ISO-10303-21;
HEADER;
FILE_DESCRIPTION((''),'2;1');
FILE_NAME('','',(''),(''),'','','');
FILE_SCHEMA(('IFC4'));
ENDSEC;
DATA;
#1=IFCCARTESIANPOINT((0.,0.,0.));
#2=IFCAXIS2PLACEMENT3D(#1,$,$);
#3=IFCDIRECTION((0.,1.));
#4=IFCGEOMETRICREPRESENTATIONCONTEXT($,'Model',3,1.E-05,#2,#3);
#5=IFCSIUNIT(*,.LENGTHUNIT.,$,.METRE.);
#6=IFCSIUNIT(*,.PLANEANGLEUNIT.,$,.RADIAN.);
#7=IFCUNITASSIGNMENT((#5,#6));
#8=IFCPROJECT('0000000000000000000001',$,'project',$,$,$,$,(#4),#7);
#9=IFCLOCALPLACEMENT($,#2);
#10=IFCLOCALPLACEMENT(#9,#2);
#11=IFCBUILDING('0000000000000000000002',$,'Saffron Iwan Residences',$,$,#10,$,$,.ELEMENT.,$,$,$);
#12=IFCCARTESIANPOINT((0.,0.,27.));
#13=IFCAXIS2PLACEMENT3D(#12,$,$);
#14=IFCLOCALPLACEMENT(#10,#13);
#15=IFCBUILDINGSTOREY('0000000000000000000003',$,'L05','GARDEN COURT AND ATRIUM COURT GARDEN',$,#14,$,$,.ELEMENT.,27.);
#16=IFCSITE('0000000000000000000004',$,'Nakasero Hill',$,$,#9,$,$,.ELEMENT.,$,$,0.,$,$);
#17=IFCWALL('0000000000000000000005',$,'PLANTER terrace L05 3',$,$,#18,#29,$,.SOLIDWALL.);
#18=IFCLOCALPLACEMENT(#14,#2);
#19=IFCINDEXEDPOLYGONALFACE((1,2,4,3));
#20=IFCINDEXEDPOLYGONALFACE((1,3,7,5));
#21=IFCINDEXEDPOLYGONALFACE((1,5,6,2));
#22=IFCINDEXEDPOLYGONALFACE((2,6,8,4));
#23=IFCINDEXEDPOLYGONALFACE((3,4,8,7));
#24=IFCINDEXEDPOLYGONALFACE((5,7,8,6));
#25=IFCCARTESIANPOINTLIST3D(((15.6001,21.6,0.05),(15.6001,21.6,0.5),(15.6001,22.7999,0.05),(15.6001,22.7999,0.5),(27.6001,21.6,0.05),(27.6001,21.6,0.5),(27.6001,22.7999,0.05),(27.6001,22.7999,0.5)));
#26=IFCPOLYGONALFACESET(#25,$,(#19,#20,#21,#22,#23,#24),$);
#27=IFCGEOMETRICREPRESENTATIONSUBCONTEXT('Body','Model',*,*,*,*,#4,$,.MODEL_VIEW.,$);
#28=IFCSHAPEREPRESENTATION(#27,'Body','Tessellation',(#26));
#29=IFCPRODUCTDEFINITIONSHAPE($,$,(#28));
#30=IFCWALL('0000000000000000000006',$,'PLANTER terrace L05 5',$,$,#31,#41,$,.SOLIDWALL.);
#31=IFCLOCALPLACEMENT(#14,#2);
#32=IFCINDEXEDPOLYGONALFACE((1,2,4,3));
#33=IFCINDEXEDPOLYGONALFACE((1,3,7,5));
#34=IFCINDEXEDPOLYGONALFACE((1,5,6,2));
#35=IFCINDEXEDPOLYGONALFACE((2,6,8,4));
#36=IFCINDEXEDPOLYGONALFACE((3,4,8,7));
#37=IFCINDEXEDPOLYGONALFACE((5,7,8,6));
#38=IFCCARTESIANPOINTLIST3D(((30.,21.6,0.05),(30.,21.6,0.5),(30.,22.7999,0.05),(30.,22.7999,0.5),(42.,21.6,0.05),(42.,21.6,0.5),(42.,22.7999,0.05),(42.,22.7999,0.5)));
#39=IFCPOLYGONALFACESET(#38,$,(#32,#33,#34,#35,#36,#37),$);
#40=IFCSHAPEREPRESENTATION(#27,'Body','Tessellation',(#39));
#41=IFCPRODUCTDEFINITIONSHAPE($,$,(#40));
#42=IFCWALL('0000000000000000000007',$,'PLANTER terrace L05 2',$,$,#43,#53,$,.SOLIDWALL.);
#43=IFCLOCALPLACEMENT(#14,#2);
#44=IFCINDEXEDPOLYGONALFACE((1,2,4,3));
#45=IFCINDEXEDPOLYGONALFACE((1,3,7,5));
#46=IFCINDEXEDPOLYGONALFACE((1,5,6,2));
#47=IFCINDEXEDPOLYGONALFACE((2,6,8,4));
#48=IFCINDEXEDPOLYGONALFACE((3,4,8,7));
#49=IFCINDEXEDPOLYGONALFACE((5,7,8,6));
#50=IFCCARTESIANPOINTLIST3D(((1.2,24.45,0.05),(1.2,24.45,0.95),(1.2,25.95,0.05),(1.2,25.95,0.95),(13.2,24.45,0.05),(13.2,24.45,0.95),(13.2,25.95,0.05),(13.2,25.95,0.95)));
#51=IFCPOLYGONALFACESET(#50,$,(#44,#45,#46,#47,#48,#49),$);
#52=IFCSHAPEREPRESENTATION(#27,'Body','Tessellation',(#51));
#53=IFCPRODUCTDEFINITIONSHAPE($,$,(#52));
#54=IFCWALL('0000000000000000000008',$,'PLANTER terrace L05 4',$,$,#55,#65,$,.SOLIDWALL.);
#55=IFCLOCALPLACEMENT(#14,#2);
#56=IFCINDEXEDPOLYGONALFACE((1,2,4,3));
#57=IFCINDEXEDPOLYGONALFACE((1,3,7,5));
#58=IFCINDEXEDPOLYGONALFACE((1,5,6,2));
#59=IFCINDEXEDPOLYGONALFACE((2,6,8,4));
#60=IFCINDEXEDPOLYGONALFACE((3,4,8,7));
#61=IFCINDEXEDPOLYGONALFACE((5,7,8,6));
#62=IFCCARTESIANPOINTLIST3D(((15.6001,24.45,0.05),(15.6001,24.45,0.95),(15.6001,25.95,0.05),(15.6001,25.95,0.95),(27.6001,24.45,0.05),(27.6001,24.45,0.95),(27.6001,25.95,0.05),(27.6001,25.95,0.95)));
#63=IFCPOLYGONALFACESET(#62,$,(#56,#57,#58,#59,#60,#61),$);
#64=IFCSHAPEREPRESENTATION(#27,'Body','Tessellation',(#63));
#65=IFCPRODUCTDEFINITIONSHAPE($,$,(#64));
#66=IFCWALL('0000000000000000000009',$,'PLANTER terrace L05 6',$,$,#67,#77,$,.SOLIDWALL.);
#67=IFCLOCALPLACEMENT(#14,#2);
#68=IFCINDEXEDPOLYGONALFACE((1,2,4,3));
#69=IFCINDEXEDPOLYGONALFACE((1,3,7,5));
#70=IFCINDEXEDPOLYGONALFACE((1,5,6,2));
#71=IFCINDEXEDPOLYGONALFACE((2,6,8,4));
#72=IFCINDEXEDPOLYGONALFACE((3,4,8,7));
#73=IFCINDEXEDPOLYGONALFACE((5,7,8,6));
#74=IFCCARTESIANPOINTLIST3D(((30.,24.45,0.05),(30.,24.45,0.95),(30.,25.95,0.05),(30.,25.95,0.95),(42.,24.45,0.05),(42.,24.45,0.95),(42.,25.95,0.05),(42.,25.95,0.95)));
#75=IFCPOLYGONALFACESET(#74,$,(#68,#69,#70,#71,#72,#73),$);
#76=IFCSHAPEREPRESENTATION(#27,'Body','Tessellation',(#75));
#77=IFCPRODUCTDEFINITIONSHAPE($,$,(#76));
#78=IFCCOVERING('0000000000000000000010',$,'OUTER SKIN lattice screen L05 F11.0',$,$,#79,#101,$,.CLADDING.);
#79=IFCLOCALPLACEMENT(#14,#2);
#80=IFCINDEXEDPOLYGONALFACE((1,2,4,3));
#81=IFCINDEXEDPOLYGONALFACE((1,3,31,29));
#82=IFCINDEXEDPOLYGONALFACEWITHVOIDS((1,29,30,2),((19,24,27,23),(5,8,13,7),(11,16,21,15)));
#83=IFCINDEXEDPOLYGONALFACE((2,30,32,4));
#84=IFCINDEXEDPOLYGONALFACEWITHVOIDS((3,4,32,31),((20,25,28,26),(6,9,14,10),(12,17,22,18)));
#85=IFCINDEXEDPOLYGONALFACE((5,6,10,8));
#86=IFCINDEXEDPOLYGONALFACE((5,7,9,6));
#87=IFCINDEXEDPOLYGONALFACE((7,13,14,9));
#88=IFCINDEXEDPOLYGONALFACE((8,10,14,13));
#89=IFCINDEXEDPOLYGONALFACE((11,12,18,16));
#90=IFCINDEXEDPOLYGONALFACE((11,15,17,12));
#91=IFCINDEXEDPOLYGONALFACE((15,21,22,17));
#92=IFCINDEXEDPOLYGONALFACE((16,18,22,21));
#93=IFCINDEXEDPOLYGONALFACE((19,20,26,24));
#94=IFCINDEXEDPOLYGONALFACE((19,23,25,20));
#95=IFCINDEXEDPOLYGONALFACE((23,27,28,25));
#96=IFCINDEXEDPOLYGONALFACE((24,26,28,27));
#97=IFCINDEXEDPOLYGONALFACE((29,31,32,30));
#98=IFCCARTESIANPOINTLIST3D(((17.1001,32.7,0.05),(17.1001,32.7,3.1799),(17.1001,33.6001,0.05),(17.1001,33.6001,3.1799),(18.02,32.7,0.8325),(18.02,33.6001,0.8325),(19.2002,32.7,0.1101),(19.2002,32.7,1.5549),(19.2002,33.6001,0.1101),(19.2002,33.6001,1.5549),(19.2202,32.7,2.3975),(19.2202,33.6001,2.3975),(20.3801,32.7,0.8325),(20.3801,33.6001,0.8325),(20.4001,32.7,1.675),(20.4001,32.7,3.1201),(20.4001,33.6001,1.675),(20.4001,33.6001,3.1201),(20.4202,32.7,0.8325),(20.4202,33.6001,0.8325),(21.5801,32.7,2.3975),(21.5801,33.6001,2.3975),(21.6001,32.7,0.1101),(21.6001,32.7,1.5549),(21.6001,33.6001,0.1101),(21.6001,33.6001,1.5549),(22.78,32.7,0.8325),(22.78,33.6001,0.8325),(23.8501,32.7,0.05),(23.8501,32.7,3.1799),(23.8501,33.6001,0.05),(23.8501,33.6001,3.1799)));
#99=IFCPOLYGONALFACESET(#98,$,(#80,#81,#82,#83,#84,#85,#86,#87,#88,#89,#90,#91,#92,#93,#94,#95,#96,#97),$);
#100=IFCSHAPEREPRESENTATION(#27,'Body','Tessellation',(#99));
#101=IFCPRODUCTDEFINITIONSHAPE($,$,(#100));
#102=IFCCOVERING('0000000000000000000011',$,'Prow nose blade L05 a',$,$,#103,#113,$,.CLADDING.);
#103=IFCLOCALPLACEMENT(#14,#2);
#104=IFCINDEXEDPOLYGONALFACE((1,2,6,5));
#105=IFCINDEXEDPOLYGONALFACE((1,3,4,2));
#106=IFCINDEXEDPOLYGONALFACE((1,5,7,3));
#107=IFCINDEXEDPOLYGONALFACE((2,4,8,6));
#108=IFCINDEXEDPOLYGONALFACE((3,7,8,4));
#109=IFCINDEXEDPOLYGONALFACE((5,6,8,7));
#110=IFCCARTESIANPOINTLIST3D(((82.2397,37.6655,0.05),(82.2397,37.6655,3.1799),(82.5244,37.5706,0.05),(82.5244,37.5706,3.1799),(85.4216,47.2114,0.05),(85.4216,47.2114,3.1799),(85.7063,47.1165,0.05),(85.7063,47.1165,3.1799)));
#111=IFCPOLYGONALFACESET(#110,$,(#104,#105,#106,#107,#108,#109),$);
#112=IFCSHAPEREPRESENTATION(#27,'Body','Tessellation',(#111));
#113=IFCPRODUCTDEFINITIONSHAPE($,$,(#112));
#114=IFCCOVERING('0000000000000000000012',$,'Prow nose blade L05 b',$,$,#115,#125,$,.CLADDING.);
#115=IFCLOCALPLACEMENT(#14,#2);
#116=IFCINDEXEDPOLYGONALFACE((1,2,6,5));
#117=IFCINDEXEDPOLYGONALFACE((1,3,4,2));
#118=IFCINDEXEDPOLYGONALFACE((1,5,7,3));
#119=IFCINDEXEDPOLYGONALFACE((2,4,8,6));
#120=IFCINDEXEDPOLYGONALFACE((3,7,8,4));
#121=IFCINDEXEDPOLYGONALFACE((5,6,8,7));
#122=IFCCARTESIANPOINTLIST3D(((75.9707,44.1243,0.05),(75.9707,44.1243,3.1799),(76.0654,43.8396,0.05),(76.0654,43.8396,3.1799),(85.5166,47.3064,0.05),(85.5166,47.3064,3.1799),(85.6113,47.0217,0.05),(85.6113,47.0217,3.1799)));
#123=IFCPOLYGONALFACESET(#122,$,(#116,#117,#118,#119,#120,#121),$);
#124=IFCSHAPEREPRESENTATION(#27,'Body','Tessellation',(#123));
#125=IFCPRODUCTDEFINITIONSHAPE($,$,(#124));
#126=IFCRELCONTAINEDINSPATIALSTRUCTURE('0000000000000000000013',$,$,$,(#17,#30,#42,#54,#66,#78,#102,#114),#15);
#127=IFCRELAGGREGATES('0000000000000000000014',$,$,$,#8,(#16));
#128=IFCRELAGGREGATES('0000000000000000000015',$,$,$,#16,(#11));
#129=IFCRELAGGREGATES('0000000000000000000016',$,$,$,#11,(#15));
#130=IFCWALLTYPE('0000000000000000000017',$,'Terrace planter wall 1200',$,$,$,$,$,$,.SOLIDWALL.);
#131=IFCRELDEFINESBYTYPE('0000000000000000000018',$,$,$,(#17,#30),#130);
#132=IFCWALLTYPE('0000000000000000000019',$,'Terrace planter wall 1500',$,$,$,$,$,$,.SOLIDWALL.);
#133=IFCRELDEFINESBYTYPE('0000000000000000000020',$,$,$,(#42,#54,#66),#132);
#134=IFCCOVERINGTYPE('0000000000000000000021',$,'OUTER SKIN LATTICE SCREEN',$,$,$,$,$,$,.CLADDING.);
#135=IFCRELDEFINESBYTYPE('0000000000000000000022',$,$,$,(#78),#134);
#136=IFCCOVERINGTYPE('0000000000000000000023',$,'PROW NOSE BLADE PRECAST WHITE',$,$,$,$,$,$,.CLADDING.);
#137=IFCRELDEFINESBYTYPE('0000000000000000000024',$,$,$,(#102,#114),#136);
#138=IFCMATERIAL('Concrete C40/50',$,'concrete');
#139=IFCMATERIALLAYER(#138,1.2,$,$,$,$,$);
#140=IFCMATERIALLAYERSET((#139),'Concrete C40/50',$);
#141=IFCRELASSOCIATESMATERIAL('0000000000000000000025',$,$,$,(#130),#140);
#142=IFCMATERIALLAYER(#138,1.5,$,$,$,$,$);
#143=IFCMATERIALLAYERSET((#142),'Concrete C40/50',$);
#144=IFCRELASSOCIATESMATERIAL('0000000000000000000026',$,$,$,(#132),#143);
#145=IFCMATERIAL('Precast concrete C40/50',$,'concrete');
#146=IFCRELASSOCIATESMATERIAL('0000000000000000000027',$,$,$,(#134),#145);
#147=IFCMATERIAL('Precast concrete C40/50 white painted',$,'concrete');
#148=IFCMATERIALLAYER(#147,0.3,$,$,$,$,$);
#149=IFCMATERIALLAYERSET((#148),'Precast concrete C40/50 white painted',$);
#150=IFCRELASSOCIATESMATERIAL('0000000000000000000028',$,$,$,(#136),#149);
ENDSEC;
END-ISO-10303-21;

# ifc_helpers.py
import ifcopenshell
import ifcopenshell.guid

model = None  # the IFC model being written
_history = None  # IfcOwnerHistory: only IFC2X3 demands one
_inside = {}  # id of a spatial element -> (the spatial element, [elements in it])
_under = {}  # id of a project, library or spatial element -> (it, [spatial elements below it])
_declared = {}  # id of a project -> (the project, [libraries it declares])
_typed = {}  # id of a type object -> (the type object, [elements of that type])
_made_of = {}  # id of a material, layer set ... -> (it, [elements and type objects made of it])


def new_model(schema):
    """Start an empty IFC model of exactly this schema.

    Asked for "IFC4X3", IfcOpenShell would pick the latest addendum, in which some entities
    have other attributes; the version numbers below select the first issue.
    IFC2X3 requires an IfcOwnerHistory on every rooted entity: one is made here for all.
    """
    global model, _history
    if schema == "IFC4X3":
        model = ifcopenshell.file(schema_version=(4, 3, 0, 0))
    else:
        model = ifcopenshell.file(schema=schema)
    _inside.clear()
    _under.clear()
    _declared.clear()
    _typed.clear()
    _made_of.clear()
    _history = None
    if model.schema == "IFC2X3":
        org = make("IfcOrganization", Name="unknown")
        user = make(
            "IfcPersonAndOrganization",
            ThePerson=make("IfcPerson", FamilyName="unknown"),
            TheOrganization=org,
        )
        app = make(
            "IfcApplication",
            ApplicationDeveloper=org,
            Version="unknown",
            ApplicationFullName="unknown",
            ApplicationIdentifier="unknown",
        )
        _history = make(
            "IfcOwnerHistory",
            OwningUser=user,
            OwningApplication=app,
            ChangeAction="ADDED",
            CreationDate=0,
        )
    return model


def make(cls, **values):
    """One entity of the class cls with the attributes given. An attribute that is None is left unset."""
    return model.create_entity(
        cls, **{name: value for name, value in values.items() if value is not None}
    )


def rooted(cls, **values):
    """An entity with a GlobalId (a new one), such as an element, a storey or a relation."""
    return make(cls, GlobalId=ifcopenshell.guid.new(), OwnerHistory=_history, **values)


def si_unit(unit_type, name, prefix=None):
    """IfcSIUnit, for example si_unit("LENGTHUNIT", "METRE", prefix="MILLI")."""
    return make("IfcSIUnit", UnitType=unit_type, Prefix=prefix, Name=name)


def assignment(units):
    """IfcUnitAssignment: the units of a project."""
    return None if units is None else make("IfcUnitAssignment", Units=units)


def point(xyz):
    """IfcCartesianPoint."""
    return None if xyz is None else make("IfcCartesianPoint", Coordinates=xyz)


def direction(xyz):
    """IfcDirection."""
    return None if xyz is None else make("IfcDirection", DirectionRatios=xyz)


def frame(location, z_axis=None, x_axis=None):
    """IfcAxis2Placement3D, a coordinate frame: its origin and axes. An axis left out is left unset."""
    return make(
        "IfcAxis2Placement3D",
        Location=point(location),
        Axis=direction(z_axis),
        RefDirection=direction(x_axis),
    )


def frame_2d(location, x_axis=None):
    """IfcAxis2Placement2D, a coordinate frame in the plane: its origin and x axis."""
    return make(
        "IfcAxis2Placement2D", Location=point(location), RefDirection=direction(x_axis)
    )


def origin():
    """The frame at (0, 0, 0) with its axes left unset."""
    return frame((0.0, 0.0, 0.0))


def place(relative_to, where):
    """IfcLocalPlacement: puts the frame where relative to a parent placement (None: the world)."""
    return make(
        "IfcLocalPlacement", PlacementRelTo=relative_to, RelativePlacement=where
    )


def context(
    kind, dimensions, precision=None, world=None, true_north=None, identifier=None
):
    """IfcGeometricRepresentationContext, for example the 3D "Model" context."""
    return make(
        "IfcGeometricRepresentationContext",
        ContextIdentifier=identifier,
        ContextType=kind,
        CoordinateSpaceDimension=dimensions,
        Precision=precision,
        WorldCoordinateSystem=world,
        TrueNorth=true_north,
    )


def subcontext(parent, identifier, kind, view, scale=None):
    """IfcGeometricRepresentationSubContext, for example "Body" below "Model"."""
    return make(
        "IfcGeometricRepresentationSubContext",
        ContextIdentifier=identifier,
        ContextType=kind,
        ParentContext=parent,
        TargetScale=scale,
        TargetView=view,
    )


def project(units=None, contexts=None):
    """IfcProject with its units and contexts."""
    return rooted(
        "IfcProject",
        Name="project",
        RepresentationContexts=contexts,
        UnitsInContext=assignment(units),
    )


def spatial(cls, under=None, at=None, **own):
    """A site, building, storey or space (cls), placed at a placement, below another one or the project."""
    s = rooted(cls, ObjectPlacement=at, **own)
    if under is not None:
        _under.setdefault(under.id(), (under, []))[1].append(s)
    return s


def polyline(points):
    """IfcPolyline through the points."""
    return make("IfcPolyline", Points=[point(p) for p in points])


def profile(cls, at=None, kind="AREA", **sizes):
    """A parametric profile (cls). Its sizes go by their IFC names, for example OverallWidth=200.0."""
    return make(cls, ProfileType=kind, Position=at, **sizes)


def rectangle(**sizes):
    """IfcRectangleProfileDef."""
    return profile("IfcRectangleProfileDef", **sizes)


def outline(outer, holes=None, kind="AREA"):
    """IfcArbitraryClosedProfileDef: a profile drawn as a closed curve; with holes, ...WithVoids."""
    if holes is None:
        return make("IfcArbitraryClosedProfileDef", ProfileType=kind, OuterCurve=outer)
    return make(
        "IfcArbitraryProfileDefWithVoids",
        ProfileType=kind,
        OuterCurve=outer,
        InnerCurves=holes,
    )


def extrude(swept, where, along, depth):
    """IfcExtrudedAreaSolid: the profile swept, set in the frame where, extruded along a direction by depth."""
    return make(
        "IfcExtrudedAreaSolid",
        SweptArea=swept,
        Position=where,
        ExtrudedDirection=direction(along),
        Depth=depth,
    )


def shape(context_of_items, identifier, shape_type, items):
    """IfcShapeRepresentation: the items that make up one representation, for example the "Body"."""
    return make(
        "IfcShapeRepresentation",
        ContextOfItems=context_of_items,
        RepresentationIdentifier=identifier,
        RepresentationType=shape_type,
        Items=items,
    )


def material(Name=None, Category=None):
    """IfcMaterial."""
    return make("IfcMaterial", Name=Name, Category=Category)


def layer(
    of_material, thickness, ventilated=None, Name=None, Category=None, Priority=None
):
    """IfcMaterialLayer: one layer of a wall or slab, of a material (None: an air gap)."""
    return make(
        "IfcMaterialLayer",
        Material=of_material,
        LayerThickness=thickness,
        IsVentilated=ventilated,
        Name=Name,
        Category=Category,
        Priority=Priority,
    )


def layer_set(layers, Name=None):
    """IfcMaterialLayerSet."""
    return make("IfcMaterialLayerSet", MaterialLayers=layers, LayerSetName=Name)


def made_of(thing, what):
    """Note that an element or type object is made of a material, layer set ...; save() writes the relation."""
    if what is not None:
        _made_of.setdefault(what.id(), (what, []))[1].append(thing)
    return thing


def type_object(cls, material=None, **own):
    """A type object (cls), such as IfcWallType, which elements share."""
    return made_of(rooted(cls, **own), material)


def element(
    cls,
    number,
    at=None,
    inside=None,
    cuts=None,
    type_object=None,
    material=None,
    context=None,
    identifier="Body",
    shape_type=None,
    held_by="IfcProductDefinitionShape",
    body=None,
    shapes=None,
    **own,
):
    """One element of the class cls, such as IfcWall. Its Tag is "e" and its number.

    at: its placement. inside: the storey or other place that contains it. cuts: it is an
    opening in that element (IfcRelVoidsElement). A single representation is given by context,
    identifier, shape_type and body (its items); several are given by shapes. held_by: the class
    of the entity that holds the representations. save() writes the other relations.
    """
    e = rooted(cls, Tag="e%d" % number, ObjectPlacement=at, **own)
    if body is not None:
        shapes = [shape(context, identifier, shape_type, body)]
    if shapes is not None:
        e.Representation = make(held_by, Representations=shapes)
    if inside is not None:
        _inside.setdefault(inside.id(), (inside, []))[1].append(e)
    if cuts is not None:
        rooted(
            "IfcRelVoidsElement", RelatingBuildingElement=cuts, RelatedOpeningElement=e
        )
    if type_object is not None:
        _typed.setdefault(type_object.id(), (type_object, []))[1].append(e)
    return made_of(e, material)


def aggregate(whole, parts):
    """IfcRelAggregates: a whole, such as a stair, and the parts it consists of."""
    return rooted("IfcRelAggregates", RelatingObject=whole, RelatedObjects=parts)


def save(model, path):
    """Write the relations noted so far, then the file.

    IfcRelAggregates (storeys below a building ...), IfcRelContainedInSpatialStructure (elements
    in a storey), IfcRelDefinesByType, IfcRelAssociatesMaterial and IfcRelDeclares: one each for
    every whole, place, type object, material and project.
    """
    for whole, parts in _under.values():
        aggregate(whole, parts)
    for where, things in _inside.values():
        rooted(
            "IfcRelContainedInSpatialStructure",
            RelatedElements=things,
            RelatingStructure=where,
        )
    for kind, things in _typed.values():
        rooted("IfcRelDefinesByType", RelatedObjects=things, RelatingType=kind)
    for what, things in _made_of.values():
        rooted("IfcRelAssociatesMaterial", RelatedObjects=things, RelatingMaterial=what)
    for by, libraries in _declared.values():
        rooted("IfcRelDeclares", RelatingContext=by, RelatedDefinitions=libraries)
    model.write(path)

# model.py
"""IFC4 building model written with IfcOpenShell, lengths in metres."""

from ifc_helpers import new_model, si_unit, direction, frame, frame_2d, origin, place, context, subcontext, project, spatial, polyline, rectangle, outline, extrude, material, layer, layer_set, type_object, element, save


model = new_model("IFC4")

# Units and contexts
model_context = context("Model", 3, precision=1e-05, world=origin(), true_north=direction((0.0, 1.0)))
body_context = subcontext(model_context, "Body", "Model", "MODEL_VIEW")
ifc_project = project(units=[si_unit("LENGTHUNIT", "METRE"), si_unit("PLANEANGLEUNIT", "RADIAN")], contexts=[model_context])

# Site, building, storey
site_placement = place(None, origin())
site = spatial("IfcSite", under=ifc_project, at=site_placement, Name="Nakasero Hill", CompositionType="ELEMENT", RefElevation=0.0)
building_placement = place(site_placement, origin())
building = spatial("IfcBuilding", under=site, at=building_placement, Name="Saffron Iwan Residences", CompositionType="ELEMENT")
storey_placement = place(building_placement, frame((0.0, 0.0, 27.0)))
storey = spatial("IfcBuildingStorey", under=building, at=storey_placement, Name="L05", Description="GARDEN COURT AND ATRIUM COURT GARDEN", CompositionType="ELEMENT", Elevation=27.0)

# Shared definitions
ifc_material_1 = material(Name="Concrete C40/50", Category="concrete")

# Walls
ifc_layer_1 = layer(ifc_material_1, 1.2)
ifc_layer_set_1 = layer_set([ifc_layer_1], Name="Concrete C40/50")
wall_type_1 = type_object("IfcWallType", Name="Terrace planter wall 1200", PredefinedType="SOLIDWALL", material=ifc_layer_set_1)
for number, where, z_axis, x_axis, name in (
    (1, (15.6001, 22.2, 0.05), (0.0, 0.0, 1.0), (1.0, 0.0, 0.0), "PLANTER terrace L05 3"),
    (2, (30.0, 22.2, 0.05), (0.0, 0.0, 1.0), (1.0, 0.0, 0.0), "PLANTER terrace L05 5"),
):
    element("IfcWall", number, at=place(storey_placement, frame(where, z_axis=z_axis, x_axis=x_axis)), inside=storey, type_object=wall_type_1, Name=name, PredefinedType="SOLIDWALL", context=body_context, shape_type="SweptSolid", body=[
        extrude(rectangle(XDim=12.0, YDim=1.2, at=frame_2d((6.0, 0.0))), origin(), (0.0, 0.0, 1.0), 0.45),
    ])
ifc_layer_2 = layer(ifc_material_1, 1.5)
ifc_layer_set_2 = layer_set([ifc_layer_2], Name="Concrete C40/50")
wall_type_2 = type_object("IfcWallType", Name="Terrace planter wall 1500", PredefinedType="SOLIDWALL", material=ifc_layer_set_2)
for number, where, z_axis, x_axis, name in (
    (3, (1.2, 25.2, 0.05), (0.0, 0.0, 1.0), (1.0, 0.0, 0.0), "PLANTER terrace L05 2"),
    (4, (15.6001, 25.2, 0.05), (0.0, 0.0, 1.0), (1.0, 0.0, 0.0), "PLANTER terrace L05 4"),
    (5, (30.0, 25.2, 0.05), (0.0, 0.0, 1.0), (1.0, 0.0, 0.0), "PLANTER terrace L05 6"),
):
    element("IfcWall", number, at=place(storey_placement, frame(where, z_axis=z_axis, x_axis=x_axis)), inside=storey, type_object=wall_type_2, Name=name, PredefinedType="SOLIDWALL", context=body_context, shape_type="SweptSolid", body=[
        extrude(rectangle(XDim=12.0, YDim=1.5, at=frame_2d((6.0, 0.0))), origin(), (0.0, 0.0, 1.0), 0.8999),
    ])

# Coverings
ifc_material_2 = material(Name="Precast concrete C40/50", Category="concrete")
covering_type_1 = type_object("IfcCoveringType", Name="OUTER SKIN LATTICE SCREEN", PredefinedType="CLADDING", material=ifc_material_2)
covering_1_placement = place(storey_placement, frame((17.1001, 33.6001, 0.05), z_axis=(0.0, -1.0, 0.0), x_axis=(1.0, 0.0, 0.0)))
element("IfcCovering", 6, at=covering_1_placement, inside=storey, type_object=covering_type_1, Name="OUTER SKIN lattice screen L05 F11.0", PredefinedType="CLADDING", context=body_context, shape_type="SweptSolid", body=[
    extrude(outline(polyline([(0.0, 0.0), (6.75, 0.0), (6.75, 3.1299), (0.0, 3.1299), (0.0, 0.0)]), holes=[polyline([(0.9199, 0.7825), (2.1001, 0.0601), (3.28, 0.7825), (2.1001, 1.5049), (0.9199, 0.7825)]), polyline([(3.3201, 0.7825), (4.5, 0.0601), (5.6799, 0.7825), (4.5, 1.5049), (3.3201, 0.7825)]), polyline([(2.1201, 2.3474), (3.3, 1.625), (4.48, 2.3474), (3.3, 3.0701), (2.1201, 2.3474)])]), origin(), (0.0, 0.0, 1.0), 0.9001),
])
ifc_material_3 = material(Name="Precast concrete C40/50 white painted", Category="concrete")
ifc_layer_3 = layer(ifc_material_3, 0.3)
ifc_layer_set_3 = layer_set([ifc_layer_3], Name="Precast concrete C40/50 white painted")
covering_type_2 = type_object("IfcCoveringType", Name="PROW NOSE BLADE PRECAST WHITE", PredefinedType="CLADDING", material=ifc_layer_set_3)
covering_2_placement = place(storey_placement, frame((0.0, 0.0, 0.05)))
element("IfcCovering", 7, at=covering_2_placement, inside=storey, type_object=covering_type_2, Name="Prow nose blade L05 a", PredefinedType="CLADDING", context=body_context, shape_type="SweptSolid", body=[
    extrude(outline(polyline([(82.5244, 37.5706), (85.7063, 47.1165), (85.4216, 47.2114), (82.2397, 37.6655), (82.5244, 37.5706)])), origin(), (0.0, 0.0, 1.0), 3.1299),
])
covering_3_placement = place(storey_placement, frame((0.0, 0.0, 0.05)))
element("IfcCovering", 8, at=covering_3_placement, inside=storey, type_object=covering_type_2, Name="Prow nose blade L05 b", PredefinedType="CLADDING", context=body_context, shape_type="SweptSolid", body=[
    extrude(outline(polyline([(76.0654, 43.8396), (85.6113, 47.0217), (85.5166, 47.3064), (75.9707, 44.1243), (76.0654, 43.8396)])), origin(), (0.0, 0.0, 1.0), 3.1299),
])

save(model, "model.ifc")
